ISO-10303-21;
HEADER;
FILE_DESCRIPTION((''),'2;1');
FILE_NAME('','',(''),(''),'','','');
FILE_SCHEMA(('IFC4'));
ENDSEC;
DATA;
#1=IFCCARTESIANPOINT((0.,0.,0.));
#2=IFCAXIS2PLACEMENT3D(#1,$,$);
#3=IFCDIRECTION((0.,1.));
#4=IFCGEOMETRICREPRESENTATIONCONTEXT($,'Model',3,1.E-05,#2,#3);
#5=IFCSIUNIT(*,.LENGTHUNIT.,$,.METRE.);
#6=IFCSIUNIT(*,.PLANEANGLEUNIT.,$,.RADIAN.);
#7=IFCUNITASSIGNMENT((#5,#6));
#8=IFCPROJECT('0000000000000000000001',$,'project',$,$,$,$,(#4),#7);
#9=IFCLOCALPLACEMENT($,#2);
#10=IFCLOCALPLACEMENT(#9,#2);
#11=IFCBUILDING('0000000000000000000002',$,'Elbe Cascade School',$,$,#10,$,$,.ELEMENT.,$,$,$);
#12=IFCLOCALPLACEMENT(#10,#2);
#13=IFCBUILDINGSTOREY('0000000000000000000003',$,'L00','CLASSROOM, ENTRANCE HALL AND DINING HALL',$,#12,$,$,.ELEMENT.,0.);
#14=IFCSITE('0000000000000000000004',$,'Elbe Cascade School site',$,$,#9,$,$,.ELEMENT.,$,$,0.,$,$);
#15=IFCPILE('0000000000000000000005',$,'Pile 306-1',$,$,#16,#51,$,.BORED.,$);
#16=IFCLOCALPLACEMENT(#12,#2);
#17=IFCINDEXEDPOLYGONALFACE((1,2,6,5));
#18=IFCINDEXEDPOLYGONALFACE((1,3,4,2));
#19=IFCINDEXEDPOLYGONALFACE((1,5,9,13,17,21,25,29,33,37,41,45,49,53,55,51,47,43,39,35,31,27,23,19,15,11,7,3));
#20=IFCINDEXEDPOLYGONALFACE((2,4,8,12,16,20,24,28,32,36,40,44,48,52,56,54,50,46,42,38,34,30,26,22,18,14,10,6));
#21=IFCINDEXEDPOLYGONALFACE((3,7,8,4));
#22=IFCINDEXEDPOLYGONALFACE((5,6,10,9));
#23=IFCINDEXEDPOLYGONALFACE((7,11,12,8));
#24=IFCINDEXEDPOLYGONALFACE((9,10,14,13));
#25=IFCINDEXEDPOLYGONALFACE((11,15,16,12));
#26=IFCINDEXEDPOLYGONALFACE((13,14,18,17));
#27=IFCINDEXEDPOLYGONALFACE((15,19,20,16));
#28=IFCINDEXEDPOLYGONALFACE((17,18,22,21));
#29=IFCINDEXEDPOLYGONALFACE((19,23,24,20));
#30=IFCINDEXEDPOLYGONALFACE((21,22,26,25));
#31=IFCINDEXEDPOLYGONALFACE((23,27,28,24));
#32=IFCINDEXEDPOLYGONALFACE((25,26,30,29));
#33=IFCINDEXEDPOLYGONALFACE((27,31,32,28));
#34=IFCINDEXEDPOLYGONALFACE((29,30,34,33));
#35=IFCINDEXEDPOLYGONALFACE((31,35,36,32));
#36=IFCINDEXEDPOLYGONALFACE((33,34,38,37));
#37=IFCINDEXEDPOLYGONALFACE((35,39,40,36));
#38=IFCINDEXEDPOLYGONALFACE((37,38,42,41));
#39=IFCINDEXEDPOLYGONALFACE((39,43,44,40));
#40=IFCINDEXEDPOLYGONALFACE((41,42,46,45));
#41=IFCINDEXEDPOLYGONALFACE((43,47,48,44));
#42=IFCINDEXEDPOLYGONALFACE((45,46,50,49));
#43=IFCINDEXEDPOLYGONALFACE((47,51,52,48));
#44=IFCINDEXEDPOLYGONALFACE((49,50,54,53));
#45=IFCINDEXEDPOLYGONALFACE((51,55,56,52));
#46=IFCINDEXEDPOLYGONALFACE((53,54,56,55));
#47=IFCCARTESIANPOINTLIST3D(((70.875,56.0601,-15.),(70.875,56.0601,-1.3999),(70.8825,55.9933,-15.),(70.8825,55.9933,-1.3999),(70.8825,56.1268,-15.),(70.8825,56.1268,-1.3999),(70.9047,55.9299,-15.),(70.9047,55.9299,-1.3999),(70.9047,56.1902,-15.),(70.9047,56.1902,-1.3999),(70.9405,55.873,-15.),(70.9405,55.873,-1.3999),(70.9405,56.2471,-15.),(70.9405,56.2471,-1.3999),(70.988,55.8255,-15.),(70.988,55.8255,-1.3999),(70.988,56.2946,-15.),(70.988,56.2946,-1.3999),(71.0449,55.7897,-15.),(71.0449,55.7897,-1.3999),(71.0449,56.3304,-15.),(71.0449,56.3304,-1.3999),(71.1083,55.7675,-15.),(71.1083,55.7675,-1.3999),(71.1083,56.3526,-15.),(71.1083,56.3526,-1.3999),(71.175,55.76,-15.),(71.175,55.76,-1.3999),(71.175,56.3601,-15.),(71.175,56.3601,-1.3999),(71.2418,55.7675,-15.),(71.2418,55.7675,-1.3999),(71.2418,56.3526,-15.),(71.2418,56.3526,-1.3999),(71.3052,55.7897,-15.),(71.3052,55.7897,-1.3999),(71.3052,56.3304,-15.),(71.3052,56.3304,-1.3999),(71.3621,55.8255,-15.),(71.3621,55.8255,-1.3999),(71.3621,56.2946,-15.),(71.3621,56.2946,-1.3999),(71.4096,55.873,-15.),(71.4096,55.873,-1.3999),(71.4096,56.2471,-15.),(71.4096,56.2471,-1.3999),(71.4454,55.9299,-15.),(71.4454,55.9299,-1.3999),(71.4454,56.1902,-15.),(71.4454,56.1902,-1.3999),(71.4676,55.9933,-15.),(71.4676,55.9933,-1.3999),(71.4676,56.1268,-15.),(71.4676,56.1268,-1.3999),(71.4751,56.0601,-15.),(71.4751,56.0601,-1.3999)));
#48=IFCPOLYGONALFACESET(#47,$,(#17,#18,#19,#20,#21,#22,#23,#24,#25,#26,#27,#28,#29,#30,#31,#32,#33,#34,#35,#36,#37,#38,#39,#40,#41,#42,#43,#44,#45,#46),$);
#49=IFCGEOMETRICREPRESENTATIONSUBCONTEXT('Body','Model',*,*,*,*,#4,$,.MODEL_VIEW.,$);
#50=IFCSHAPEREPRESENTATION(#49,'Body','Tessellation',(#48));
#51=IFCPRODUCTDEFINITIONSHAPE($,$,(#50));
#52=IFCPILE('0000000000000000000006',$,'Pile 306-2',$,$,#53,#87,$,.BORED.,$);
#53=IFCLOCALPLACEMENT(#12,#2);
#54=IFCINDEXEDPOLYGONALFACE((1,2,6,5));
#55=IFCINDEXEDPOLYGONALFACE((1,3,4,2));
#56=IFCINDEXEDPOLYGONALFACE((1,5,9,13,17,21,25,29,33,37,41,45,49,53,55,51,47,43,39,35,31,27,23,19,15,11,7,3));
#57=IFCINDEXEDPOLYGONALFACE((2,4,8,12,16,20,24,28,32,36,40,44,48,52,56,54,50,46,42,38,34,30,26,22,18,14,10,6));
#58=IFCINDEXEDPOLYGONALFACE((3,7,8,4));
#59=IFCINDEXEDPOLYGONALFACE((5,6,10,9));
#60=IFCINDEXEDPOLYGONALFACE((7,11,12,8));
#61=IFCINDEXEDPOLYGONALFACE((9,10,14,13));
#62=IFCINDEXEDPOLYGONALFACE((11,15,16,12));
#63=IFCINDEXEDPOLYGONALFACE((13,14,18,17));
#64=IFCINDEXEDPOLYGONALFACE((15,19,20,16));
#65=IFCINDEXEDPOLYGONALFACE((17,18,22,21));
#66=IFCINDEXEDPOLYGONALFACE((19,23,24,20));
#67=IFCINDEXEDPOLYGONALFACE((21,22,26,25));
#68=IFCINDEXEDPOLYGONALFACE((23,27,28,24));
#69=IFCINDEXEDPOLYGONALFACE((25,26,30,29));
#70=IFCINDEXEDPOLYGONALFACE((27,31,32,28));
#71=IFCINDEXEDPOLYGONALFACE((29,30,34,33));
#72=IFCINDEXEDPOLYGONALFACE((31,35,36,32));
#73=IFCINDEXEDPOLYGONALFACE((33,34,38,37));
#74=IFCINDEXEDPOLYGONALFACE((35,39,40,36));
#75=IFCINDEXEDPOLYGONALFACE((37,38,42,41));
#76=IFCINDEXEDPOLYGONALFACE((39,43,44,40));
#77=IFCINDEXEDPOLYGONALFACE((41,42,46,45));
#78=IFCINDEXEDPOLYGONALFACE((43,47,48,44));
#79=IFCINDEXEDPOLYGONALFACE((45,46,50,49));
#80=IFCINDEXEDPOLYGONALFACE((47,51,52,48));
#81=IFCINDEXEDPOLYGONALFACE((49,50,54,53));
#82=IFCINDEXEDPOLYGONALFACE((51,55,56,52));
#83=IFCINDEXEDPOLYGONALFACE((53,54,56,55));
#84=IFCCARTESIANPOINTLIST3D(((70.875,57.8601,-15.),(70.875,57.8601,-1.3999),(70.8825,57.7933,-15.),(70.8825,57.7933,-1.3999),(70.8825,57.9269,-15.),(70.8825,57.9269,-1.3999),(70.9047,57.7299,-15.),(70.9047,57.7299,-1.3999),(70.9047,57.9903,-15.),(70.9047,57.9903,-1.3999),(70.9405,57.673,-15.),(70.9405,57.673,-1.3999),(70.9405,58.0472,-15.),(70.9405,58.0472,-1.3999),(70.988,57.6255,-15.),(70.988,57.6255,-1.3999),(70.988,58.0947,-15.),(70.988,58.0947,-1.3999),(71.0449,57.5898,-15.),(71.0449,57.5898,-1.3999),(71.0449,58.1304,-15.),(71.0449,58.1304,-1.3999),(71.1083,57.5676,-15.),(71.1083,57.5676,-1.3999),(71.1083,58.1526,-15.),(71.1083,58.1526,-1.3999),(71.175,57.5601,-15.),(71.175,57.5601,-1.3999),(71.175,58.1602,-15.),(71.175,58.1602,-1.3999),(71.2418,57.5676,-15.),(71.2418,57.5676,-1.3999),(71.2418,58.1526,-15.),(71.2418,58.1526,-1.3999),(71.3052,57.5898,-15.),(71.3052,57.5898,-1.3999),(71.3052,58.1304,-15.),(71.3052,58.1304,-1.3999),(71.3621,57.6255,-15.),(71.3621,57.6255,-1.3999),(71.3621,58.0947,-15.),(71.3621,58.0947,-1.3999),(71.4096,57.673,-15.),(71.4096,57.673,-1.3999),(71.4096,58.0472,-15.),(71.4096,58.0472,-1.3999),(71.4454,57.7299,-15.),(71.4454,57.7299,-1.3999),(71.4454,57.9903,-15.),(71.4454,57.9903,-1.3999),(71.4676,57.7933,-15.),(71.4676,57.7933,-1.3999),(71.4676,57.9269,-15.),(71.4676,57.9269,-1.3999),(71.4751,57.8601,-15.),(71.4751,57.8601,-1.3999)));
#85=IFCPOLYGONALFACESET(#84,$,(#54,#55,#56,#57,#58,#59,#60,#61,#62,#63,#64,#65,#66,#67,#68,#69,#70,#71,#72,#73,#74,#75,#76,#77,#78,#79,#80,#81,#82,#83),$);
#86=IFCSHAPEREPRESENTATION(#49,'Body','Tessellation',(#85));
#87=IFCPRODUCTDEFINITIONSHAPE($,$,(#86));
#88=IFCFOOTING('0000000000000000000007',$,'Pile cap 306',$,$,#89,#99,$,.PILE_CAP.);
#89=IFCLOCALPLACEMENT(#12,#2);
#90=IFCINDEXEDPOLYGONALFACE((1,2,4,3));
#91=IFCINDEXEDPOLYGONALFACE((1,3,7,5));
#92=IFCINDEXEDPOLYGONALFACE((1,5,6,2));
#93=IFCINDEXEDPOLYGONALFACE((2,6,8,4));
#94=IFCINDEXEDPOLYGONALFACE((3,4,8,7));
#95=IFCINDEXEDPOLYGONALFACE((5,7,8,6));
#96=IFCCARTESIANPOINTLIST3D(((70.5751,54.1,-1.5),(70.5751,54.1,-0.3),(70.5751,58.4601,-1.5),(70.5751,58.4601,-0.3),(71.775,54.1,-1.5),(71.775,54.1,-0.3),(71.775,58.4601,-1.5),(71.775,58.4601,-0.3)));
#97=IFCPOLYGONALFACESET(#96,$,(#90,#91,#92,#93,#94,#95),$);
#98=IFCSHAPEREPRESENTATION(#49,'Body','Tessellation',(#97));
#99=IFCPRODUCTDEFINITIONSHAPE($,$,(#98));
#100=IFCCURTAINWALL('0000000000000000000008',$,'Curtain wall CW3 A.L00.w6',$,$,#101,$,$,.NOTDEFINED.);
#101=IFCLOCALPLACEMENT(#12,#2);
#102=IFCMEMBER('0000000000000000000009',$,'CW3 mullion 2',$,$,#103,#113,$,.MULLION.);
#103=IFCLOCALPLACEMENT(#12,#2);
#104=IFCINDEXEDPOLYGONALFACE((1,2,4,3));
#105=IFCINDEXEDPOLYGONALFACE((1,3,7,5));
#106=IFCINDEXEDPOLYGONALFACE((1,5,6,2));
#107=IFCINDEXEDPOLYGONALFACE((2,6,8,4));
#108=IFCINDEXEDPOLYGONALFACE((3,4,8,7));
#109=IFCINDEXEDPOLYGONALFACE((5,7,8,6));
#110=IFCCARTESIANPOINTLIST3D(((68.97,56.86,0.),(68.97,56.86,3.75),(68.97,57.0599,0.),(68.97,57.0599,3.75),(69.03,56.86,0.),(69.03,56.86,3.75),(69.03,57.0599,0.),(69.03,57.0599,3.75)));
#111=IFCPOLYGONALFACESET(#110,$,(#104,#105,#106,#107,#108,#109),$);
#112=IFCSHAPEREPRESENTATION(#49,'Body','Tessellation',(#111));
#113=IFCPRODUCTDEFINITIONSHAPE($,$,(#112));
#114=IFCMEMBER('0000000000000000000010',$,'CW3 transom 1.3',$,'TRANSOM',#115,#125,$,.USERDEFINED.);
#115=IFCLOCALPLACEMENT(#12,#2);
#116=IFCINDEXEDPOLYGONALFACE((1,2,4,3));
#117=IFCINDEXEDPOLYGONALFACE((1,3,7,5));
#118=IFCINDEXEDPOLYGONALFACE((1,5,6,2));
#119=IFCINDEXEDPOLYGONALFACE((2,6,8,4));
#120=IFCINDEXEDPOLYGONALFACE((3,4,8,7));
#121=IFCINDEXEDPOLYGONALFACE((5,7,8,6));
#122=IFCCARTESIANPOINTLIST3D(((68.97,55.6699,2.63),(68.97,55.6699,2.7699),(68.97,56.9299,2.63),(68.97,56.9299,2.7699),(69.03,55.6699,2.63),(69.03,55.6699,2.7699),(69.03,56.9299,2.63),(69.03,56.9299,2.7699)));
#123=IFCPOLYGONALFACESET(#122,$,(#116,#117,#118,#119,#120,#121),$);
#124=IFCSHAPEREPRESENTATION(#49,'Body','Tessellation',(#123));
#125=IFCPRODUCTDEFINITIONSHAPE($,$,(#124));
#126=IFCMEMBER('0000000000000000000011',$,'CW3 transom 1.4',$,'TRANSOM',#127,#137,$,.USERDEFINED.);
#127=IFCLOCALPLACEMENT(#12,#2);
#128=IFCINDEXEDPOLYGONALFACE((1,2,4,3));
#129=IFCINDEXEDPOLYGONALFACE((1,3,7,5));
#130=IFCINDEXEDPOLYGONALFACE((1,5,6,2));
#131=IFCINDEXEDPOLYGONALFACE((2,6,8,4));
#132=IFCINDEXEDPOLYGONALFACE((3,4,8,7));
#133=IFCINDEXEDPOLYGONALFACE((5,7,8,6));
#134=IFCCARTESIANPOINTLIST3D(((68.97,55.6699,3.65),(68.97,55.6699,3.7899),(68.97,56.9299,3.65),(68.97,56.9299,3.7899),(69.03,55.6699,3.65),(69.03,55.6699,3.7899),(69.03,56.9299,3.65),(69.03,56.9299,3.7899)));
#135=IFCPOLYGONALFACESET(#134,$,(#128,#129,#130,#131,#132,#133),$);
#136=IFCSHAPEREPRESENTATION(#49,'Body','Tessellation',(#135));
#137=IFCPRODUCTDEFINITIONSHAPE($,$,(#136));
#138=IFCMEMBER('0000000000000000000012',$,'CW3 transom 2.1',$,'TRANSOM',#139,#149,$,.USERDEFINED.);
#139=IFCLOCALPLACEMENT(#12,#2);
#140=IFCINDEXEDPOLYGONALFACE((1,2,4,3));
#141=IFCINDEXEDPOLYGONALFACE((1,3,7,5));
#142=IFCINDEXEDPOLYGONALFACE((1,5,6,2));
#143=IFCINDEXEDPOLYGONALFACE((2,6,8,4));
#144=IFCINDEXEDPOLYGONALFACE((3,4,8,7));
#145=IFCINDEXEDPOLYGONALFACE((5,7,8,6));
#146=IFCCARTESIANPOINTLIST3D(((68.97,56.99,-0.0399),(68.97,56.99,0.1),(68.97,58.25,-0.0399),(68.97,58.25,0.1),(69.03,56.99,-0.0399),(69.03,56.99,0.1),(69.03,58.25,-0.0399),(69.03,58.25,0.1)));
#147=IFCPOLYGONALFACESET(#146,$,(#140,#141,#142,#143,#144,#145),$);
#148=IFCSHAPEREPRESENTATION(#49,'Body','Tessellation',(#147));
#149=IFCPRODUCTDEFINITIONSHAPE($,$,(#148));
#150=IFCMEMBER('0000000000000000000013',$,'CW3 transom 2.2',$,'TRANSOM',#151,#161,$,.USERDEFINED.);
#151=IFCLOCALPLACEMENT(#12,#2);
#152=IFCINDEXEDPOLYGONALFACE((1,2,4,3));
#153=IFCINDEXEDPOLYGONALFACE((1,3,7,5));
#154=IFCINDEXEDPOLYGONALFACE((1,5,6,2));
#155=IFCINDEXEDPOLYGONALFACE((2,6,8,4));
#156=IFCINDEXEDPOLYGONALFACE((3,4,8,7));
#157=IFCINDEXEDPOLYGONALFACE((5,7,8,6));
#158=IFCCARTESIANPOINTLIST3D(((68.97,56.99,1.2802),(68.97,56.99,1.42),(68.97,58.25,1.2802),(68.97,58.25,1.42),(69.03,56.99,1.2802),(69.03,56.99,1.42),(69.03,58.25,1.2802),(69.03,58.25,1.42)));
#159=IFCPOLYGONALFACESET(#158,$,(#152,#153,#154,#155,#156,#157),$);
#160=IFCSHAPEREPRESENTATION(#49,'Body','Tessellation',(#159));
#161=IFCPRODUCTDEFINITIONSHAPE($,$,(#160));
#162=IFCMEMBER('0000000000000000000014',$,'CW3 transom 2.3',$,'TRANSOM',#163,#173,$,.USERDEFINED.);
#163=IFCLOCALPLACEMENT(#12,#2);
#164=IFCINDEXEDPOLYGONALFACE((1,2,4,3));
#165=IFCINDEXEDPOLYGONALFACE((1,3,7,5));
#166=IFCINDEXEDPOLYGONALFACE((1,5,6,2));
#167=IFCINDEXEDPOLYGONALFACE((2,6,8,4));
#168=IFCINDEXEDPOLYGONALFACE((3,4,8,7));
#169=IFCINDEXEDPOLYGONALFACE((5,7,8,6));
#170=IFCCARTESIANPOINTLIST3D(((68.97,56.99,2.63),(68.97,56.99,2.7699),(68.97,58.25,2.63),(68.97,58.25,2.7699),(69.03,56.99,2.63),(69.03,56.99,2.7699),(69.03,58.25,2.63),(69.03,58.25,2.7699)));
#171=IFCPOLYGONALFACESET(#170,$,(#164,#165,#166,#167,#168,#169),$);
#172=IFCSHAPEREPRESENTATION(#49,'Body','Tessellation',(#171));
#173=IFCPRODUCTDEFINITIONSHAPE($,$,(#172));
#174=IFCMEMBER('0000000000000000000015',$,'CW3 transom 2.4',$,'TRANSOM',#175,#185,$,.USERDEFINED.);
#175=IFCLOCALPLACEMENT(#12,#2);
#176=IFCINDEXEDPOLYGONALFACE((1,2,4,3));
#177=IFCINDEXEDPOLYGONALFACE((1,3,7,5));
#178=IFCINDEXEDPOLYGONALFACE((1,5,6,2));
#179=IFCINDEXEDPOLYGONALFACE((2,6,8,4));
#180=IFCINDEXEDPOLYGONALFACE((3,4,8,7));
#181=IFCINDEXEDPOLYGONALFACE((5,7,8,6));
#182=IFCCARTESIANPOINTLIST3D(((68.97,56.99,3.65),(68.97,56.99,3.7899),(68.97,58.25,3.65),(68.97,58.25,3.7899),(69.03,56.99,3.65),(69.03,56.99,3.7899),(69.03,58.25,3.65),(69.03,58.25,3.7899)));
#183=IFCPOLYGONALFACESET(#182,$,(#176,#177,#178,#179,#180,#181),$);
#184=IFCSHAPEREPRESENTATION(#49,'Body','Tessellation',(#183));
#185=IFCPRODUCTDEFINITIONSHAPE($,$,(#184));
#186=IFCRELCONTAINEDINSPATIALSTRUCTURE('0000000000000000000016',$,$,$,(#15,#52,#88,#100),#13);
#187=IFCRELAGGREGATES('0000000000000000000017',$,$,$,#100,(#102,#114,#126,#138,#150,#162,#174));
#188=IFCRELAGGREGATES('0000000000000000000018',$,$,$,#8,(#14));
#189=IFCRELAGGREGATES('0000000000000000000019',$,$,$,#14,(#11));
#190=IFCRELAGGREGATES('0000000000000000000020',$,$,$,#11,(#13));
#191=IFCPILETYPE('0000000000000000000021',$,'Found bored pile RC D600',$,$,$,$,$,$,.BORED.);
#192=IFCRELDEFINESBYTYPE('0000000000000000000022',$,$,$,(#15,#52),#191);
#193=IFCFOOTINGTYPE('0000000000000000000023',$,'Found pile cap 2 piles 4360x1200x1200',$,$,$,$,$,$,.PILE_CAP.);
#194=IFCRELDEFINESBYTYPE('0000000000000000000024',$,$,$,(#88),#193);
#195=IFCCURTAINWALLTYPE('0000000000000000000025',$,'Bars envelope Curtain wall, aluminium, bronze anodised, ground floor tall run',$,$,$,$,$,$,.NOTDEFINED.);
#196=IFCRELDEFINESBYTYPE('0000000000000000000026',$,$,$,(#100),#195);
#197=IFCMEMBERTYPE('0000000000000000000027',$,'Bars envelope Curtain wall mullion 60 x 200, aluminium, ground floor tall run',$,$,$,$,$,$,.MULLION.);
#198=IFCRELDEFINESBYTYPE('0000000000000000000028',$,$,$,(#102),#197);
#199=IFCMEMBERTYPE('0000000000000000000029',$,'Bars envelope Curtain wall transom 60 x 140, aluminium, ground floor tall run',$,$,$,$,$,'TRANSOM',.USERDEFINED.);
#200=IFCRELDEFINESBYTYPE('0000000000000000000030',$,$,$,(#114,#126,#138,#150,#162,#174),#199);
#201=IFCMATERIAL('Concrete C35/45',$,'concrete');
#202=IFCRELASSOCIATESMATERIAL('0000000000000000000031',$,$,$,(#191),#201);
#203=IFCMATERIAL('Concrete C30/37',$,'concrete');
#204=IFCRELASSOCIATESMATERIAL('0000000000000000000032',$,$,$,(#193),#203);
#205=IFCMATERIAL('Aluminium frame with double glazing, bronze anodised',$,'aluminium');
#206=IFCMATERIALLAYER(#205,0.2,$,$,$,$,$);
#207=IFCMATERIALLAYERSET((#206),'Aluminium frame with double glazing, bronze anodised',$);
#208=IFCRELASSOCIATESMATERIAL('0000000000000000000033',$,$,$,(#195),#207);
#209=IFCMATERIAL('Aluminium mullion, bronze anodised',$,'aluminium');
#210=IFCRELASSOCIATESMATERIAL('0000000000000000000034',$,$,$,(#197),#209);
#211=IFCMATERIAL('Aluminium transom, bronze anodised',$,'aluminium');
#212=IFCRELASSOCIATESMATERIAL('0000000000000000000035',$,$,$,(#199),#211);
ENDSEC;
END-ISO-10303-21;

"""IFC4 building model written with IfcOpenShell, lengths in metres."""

from ifc_helpers import new_model, si_unit, direction, frame, origin, origin_2d, place, context, subcontext, project, spatial, rectangle, circle, extrude, material, layer, layer_set, material_profile, profile_set, type_object, element, aggregate, save


model = new_model("IFC4")

# Units and contexts
model_context = context("Model", 3, precision=1e-05, world=origin(), true_north=direction((0.0, 1.0)))
body_context = subcontext(model_context, "Body", "Model", "MODEL_VIEW")
ifc_project = project(units=[si_unit("LENGTHUNIT", "METRE"), si_unit("PLANEANGLEUNIT", "RADIAN")], contexts=[model_context])

# Site, building, storey
site_placement = place(None, origin())
site = spatial("IfcSite", under=ifc_project, at=site_placement, Name="Elbe Cascade School site", CompositionType="ELEMENT", RefElevation=0.0)
building_placement = place(site_placement, origin())
building = spatial("IfcBuilding", under=site, at=building_placement, Name="Elbe Cascade School", CompositionType="ELEMENT")
storey_placement = place(building_placement, origin())
storey = spatial("IfcBuildingStorey", under=building, at=storey_placement, Name="L00", Description="CLASSROOM, ENTRANCE HALL AND DINING HALL", CompositionType="ELEMENT", Elevation=0.0)

# Piles
ifc_material_1 = material(Name="Concrete C35/45", Category="concrete")
ifc_material_profile_1 = material_profile(ifc_material_1, circle(Radius=0.3, at=origin_2d()), Name="RC D600")
ifc_profile_set_1 = profile_set([ifc_material_profile_1], Name="Concrete C35/45")
pile_type = type_object("IfcPileType", Name="Found bored pile RC D600", PredefinedType="BORED", material=ifc_profile_set_1)
for number, where, z_axis, x_axis, name in (
    (1, (71.175, 56.0601, -1.3999), (0.0, 0.0, -1.0), (1.0, 0.0, 0.0), "Pile 306-1"),
    (2, (71.175, 57.8601, -1.3999), (0.0, 0.0, -1.0), (1.0, 0.0, 0.0), "Pile 306-2"),
):
    element("IfcPile", number, at=place(storey_placement, frame(where, z_axis=z_axis, x_axis=x_axis)), inside=storey, type_object=pile_type, Name=name, PredefinedType="BORED", context=body_context, shape_type="SweptSolid", body=[
        extrude(circle(Radius=0.3, at=origin_2d()), origin(), (0.0, 0.0, 1.0), 13.6001),
    ])

# Footing
ifc_material_2 = material(Name="Concrete C30/37", Category="concrete")
footing_type = type_object("IfcFootingType", Name="Found pile cap 2 piles 4360x1200x1200", PredefinedType="PILE_CAP", material=ifc_material_2)
footing_placement = place(storey_placement, frame((71.175, 56.28, -1.5), z_axis=(0.0, 0.0, 1.0), x_axis=(1.0, 0.0, 0.0)))
element("IfcFooting", 3, at=footing_placement, inside=storey, type_object=footing_type, Name="Pile cap 306", PredefinedType="PILE_CAP", context=body_context, shape_type="SweptSolid", body=[
    extrude(rectangle(XDim=1.2, YDim=4.3601, at=origin_2d()), origin(), (0.0, 0.0, 1.0), 1.2),
])

# Curtain wall, members
ifc_material_3 = material(Name="Aluminium frame with double glazing, bronze anodised", Category="aluminium")
ifc_layer_1 = layer(ifc_material_3, 0.2)
ifc_layer_set_1 = layer_set([ifc_layer_1], Name="Aluminium frame with double glazing, bronze anodised")
curtain_wall_type = type_object("IfcCurtainWallType", Name="Bars envelope Curtain wall, aluminium, bronze anodised, ground floor tall run", PredefinedType="NOTDEFINED", material=ifc_layer_set_1)
curtain_wall_placement = place(storey_placement, origin())
curtain_wall = element("IfcCurtainWall", 4, at=curtain_wall_placement, inside=storey, type_object=curtain_wall_type, Name="Curtain wall CW3 A.L00.w6", PredefinedType="NOTDEFINED")
ifc_material_4 = material(Name="Aluminium mullion, bronze anodised", Category="aluminium")
ifc_material_profile_2 = material_profile(ifc_material_4, rectangle(XDim=0.0601, YDim=0.2, at=origin_2d()), Name="Bars envelope Curtain wall mullion 60 x 200, aluminium, ground floor tall run")
ifc_profile_set_2 = profile_set([ifc_material_profile_2], Name="Aluminium mullion, bronze anodised")
member_type_1 = type_object("IfcMemberType", Name="Bars envelope Curtain wall mullion 60 x 200, aluminium, ground floor tall run", PredefinedType="MULLION", material=ifc_profile_set_2)
member_1_placement = place(storey_placement, frame((69.0, 56.96, 0.0), z_axis=(0.0, 0.0, 1.0), x_axis=(-1.0, 0.0, 0.0)))
member_1 = element("IfcMember", 5, at=member_1_placement, type_object=member_type_1, Name="CW3 mullion 2", PredefinedType="MULLION", context=body_context, shape_type="SweptSolid", body=[
    extrude(rectangle(XDim=0.0601, YDim=0.2, at=origin_2d()), origin(), (0.0, 0.0, 1.0), 3.75),
])
ifc_material_5 = material(Name="Aluminium transom, bronze anodised", Category="aluminium")
ifc_material_profile_3 = material_profile(ifc_material_5, rectangle(XDim=0.0601, YDim=0.1399, at=origin_2d()), Name="Bars envelope Curtain wall transom 60 x 140, aluminium, ground floor tall run")
ifc_profile_set_3 = profile_set([ifc_material_profile_3], Name="Aluminium transom, bronze anodised")
member_type_2 = type_object("IfcMemberType", Name="Bars envelope Curtain wall transom 60 x 140, aluminium, ground floor tall run", ElementType="TRANSOM", PredefinedType="USERDEFINED", material=ifc_profile_set_3)
member_2_placement = place(storey_placement, frame((69.0, 55.6699, 2.7), z_axis=(0.0, 1.0, 0.0), x_axis=(-1.0, 0.0, 0.0)))
member_2 = element("IfcMember", 6, at=member_2_placement, type_object=member_type_2, Name="CW3 transom 1.3", ObjectType="TRANSOM", PredefinedType="USERDEFINED", context=body_context, shape_type="SweptSolid", body=[
    extrude(rectangle(XDim=0.0601, YDim=0.1399, at=origin_2d()), origin(), (0.0, 0.0, 1.0), 1.26),
])
member_3_placement = place(storey_placement, frame((69.0, 55.6699, 3.72), z_axis=(0.0, 1.0, 0.0), x_axis=(-1.0, 0.0, 0.0)))
member_3 = element("IfcMember", 7, at=member_3_placement, type_object=member_type_2, Name="CW3 transom 1.4", ObjectType="TRANSOM", PredefinedType="USERDEFINED", context=body_context, shape_type="SweptSolid", body=[
    extrude(rectangle(XDim=0.0601, YDim=0.1399, at=origin_2d()), origin(), (0.0, 0.0, 1.0), 1.26),
])
member_4_placement = place(storey_placement, frame((69.0, 56.99, 0.03), z_axis=(0.0, 1.0, 0.0), x_axis=(-1.0, 0.0, 0.0)))
member_4 = element("IfcMember", 8, at=member_4_placement, type_object=member_type_2, Name="CW3 transom 2.1", ObjectType="TRANSOM", PredefinedType="USERDEFINED", context=body_context, shape_type="SweptSolid", body=[
    extrude(rectangle(XDim=0.0601, YDim=0.1399, at=origin_2d()), origin(), (0.0, 0.0, 1.0), 1.26),
])
member_5_placement = place(storey_placement, frame((69.0, 56.99, 1.3501), z_axis=(0.0, 1.0, 0.0), x_axis=(-1.0, 0.0, 0.0)))
member_5 = element("IfcMember", 9, at=member_5_placement, type_object=member_type_2, Name="CW3 transom 2.2", ObjectType="TRANSOM", PredefinedType="USERDEFINED", context=body_context, shape_type="SweptSolid", body=[
    extrude(rectangle(XDim=0.0601, YDim=0.1399, at=origin_2d()), origin(), (0.0, 0.0, 1.0), 1.26),
])
member_6_placement = place(storey_placement, frame((69.0, 56.99, 2.7), z_axis=(0.0, 1.0, 0.0), x_axis=(-1.0, 0.0, 0.0)))
member_6 = element("IfcMember", 10, at=member_6_placement, type_object=member_type_2, Name="CW3 transom 2.3", ObjectType="TRANSOM", PredefinedType="USERDEFINED", context=body_context, shape_type="SweptSolid", body=[
    extrude(rectangle(XDim=0.0601, YDim=0.1399, at=origin_2d()), origin(), (0.0, 0.0, 1.0), 1.26),
])
member_7_placement = place(storey_placement, frame((69.0, 56.99, 3.72), z_axis=(0.0, 1.0, 0.0), x_axis=(-1.0, 0.0, 0.0)))
member_7 = element("IfcMember", 11, at=member_7_placement, type_object=member_type_2, Name="CW3 transom 2.4", ObjectType="TRANSOM", PredefinedType="USERDEFINED", context=body_context, shape_type="SweptSolid", body=[
    extrude(rectangle(XDim=0.0601, YDim=0.1399, at=origin_2d()), origin(), (0.0, 0.0, 1.0), 1.26),
])

aggregate(curtain_wall, [member_1, member_2, member_3, member_4, member_5, member_6, member_7])

save(model, "model.ifc")
